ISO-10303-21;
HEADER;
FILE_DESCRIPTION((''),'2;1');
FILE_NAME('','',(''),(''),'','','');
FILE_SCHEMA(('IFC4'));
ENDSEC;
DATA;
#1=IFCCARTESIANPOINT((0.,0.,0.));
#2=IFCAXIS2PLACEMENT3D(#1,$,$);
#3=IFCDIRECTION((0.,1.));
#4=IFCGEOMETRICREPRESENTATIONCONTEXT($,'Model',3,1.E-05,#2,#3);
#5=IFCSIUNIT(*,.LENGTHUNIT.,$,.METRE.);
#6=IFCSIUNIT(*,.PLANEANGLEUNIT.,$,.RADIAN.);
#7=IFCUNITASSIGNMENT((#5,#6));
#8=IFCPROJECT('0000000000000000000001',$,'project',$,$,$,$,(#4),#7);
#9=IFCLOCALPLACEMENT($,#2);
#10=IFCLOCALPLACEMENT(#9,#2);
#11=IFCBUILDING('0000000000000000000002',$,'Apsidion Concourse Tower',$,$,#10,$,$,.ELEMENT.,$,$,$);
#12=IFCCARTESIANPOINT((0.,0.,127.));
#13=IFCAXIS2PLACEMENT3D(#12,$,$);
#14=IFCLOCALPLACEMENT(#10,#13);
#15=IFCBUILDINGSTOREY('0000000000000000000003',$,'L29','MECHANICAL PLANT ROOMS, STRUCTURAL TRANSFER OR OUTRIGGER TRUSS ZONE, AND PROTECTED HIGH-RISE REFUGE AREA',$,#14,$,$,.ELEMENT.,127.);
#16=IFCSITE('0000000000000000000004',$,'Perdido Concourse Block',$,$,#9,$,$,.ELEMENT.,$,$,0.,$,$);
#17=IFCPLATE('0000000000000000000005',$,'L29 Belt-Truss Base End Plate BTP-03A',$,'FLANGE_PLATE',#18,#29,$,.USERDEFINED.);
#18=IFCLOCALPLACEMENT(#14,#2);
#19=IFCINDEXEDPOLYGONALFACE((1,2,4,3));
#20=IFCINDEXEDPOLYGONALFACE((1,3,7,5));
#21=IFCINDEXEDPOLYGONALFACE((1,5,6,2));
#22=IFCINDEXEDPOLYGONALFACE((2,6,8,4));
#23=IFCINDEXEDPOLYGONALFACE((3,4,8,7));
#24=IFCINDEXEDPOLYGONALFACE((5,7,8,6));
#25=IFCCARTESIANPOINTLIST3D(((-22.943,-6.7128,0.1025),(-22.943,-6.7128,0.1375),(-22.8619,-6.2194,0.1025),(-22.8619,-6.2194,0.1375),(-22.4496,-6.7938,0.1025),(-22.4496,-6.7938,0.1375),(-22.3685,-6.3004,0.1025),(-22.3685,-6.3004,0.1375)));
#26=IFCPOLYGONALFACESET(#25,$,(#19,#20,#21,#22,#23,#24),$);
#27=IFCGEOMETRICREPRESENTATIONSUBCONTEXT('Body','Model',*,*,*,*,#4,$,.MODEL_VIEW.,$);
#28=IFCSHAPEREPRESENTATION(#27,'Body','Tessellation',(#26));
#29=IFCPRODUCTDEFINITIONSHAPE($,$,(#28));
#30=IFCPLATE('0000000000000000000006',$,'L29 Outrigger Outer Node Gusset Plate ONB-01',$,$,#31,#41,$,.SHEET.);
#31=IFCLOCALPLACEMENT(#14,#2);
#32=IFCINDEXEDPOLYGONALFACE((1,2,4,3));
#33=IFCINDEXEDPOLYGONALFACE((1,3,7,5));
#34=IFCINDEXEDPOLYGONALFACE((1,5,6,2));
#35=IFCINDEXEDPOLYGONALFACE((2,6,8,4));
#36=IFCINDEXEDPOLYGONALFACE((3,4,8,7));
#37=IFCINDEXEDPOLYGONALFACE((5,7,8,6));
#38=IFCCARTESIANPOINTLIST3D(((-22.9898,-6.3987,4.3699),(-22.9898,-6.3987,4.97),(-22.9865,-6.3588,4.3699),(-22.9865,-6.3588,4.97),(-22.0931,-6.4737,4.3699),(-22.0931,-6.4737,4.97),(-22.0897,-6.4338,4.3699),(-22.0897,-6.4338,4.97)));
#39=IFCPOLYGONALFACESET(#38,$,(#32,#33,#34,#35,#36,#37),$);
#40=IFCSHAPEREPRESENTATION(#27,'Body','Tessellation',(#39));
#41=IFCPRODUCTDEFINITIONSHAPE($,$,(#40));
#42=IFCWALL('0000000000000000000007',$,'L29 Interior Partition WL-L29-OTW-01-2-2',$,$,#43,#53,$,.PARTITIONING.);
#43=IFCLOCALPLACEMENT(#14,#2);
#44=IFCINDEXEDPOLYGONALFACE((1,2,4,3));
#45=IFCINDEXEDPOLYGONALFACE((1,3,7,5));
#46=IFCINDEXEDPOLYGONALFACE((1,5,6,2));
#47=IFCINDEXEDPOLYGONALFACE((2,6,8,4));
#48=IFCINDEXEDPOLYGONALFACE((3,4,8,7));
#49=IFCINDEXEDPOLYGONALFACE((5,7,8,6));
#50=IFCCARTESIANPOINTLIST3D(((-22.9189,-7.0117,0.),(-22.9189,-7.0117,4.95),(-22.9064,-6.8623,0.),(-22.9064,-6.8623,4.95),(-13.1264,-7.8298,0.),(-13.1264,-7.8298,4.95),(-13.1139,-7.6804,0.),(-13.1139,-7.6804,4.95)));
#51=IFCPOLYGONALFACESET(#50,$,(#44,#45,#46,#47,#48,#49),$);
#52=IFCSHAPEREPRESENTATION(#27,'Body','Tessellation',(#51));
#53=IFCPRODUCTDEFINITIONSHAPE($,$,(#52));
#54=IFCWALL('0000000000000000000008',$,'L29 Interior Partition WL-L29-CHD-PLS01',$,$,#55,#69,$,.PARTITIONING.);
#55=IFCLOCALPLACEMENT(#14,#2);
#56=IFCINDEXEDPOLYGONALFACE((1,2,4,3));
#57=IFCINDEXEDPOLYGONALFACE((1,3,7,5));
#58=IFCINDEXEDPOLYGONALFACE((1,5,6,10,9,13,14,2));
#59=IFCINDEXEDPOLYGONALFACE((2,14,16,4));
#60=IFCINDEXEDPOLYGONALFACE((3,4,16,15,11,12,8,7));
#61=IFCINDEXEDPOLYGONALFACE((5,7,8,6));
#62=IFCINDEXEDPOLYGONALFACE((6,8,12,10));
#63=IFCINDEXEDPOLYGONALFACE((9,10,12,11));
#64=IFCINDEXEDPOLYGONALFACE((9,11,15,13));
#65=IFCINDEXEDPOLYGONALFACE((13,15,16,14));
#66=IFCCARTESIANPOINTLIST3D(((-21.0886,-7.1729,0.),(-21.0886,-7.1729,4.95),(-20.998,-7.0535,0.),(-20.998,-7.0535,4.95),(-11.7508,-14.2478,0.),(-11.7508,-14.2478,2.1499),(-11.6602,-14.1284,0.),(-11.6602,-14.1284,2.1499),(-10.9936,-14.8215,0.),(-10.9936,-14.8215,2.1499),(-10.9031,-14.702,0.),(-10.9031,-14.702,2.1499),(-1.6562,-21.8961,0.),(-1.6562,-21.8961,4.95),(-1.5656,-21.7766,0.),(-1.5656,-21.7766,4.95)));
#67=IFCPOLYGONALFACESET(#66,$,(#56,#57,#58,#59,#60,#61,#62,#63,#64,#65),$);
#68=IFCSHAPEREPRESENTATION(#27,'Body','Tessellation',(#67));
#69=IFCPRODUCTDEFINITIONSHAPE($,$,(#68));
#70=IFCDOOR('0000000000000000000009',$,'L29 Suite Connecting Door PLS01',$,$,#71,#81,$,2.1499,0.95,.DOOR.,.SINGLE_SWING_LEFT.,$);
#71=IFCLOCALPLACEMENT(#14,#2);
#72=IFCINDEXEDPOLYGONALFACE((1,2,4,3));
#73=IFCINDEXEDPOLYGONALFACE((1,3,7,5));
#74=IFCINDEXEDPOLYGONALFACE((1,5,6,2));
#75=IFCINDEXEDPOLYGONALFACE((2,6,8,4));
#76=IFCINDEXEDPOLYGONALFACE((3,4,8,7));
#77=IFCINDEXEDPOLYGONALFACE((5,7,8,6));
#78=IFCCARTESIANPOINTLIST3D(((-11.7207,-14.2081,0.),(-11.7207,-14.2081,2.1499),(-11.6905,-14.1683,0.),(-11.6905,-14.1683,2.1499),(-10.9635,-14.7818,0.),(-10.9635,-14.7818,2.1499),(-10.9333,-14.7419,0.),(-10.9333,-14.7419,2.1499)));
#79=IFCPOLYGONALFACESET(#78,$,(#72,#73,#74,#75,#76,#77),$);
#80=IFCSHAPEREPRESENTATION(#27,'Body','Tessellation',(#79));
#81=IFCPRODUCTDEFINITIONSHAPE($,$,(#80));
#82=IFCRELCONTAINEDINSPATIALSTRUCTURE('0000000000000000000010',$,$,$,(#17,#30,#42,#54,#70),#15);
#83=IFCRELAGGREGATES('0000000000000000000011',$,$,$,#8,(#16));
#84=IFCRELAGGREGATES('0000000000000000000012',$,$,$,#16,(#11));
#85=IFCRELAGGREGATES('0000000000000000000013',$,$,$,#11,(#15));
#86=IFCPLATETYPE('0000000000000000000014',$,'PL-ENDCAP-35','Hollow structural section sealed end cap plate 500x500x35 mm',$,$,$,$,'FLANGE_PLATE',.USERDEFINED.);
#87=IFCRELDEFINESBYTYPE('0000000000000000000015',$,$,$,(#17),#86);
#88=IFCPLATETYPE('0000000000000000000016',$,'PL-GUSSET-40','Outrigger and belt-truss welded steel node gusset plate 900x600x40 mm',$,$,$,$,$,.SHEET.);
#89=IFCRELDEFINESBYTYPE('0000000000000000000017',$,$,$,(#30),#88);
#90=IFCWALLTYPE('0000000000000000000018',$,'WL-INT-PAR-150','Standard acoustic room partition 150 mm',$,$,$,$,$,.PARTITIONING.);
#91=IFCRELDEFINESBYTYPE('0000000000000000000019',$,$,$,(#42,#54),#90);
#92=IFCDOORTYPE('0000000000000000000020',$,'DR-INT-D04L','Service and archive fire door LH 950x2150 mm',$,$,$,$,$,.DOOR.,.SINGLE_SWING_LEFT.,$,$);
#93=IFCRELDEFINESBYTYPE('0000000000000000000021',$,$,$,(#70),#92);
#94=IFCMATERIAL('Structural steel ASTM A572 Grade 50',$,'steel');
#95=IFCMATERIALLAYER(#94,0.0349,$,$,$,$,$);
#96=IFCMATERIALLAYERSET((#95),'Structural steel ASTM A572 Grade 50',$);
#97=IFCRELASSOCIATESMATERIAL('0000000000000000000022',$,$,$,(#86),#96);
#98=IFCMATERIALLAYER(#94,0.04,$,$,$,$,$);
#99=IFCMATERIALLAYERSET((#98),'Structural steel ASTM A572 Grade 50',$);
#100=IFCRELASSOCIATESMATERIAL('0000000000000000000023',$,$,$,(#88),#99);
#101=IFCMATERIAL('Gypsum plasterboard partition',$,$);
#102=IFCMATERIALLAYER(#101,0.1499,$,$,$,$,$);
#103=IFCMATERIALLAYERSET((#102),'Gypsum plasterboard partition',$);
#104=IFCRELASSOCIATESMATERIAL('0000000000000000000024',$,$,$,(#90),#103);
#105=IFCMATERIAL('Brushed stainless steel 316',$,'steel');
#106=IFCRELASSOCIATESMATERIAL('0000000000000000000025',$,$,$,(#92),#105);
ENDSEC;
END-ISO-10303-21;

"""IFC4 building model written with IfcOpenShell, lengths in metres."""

from ifc_helpers import new_model, si_unit, direction, frame, frame_2d, origin, origin_2d, place, context, subcontext, project, spatial, rectangle, extrude, material, layer, layer_set, type_object, element, fill, save


model = new_model("IFC4")

# Units and contexts
model_context = context("Model", 3, precision=1e-05, world=origin(), true_north=direction((0.0, 1.0)))
body_context = subcontext(model_context, "Body", "Model", "MODEL_VIEW")
ifc_project = project(units=[si_unit("LENGTHUNIT", "METRE"), si_unit("PLANEANGLEUNIT", "RADIAN")], contexts=[model_context])

# Site, building, storey
site_placement = place(None, origin())
site = spatial("IfcSite", under=ifc_project, at=site_placement, Name="Perdido Concourse Block", CompositionType="ELEMENT", RefElevation=0.0)
building_placement = place(site_placement, origin())
building = spatial("IfcBuilding", under=site, at=building_placement, Name="Apsidion Concourse Tower", CompositionType="ELEMENT")
storey_placement = place(building_placement, frame((0.0, 0.0, 127.0)))
storey = spatial("IfcBuildingStorey", under=building, at=storey_placement, Name="L29", Description="MECHANICAL PLANT ROOMS, STRUCTURAL TRANSFER OR OUTRIGGER TRUSS ZONE, AND PROTECTED HIGH-RISE REFUGE AREA", CompositionType="ELEMENT", Elevation=127.0)

# Shared definitions
ifc_material_1 = material(Name="Structural steel ASTM A572 Grade 50", Category="steel")

# Plates
ifc_layer_1 = layer(ifc_material_1, 0.0349)
ifc_layer_set_1 = layer_set([ifc_layer_1], Name="Structural steel ASTM A572 Grade 50")
plate_type_1 = type_object("IfcPlateType", Name="PL-ENDCAP-35", Description="Hollow structural section sealed end cap plate 500x500x35 mm", ElementType="FLANGE_PLATE", PredefinedType="USERDEFINED", material=ifc_layer_set_1)
for number, where, z_axis, x_axis, name in (
    (1, (-22.6558, -6.5066, 0.1025), (0.0, 0.0, 1.0), (0.162121, 0.986771, 0.0), "L29 Belt-Truss Base End Plate BTP-03A"),
):
    element("IfcPlate", number, at=place(storey_placement, frame(where, z_axis=z_axis, x_axis=x_axis)), inside=storey, type_object=plate_type_1, Name=name, ObjectType="FLANGE_PLATE", PredefinedType="USERDEFINED", context=body_context, shape_type="SweptSolid", body=[
        extrude(rectangle(XDim=0.5, YDim=0.5, at=origin_2d()), origin(), (0.0, 0.0, 1.0), 0.0349),
    ])
ifc_layer_2 = layer(ifc_material_1, 0.04)
ifc_layer_set_2 = layer_set([ifc_layer_2], Name="Structural steel ASTM A572 Grade 50")
plate_type_2 = type_object("IfcPlateType", Name="PL-GUSSET-40", Description="Outrigger and belt-truss welded steel node gusset plate 900x600x40 mm", PredefinedType="SHEET", material=ifc_layer_set_2)
plate_placement = place(storey_placement, frame((-22.5398, -6.4163, 4.3699), z_axis=(0.0, 0.0, 1.0), x_axis=(-0.996522, 0.08333, 0.0)))
element("IfcPlate", 2, at=plate_placement, inside=storey, type_object=plate_type_2, Name="L29 Outrigger Outer Node Gusset Plate ONB-01", PredefinedType="SHEET", context=body_context, shape_type="SweptSolid", body=[
    extrude(rectangle(XDim=0.8999, YDim=0.04, at=origin_2d()), origin(), (0.0, 0.0, 1.0), 0.6001),
])

# Wall
ifc_material_2 = material(Name="Gypsum plasterboard partition")
ifc_layer_3 = layer(ifc_material_2, 0.1499)
ifc_layer_set_3 = layer_set([ifc_layer_3], Name="Gypsum plasterboard partition")
wall_type = type_object("IfcWallType", Name="WL-INT-PAR-150", Description="Standard acoustic room partition 150 mm", PredefinedType="PARTITIONING", material=ifc_layer_set_3)
wall_1_placement = place(storey_placement, frame((-13.1201, -7.7551, 0.0), z_axis=(0.0, 0.0, 1.0), x_axis=(-0.996528, 0.083255, 0.0)))
element("IfcWall", 3, at=wall_1_placement, inside=storey, type_object=wall_type, Name="L29 Interior Partition WL-L29-OTW-01-2-2", PredefinedType="PARTITIONING", context=body_context, shape_type="SweptSolid", body=[
    extrude(rectangle(XDim=9.8267, YDim=0.1499, at=frame_2d((4.9133, 0.0))), origin(), (0.0, 0.0, 1.0), 4.95),
])

# Wall, opening, door
wall_2_placement = place(storey_placement, frame((-21.0432, -7.1133, 0.0), z_axis=(0.0, 0.0, 1.0), x_axis=(0.79706, -0.603901, 0.0)))
wall_2 = element("IfcWall", 4, at=wall_2_placement, inside=storey, type_object=wall_type, Name="L29 Interior Partition WL-L29-CHD-PLS01", PredefinedType="PARTITIONING", context=body_context, shape_type="SweptSolid", body=[
    extrude(rectangle(XDim=24.3801, YDim=0.1499, at=frame_2d((12.1899, 0.0))), origin(), (0.0, 0.0, 1.0), 4.95),
])
opening_placement = place(wall_2_placement, frame((11.7151, 0.0, 0.0)))
opening = element("IfcOpeningElement", 5, at=opening_placement, cuts=wall_2, PredefinedType="OPENING", context=body_context, shape_type="SweptSolid", body=[
    extrude(rectangle(XDim=0.95, YDim=2.1499, at=frame_2d((0.4751, 1.075))), frame((0.0, 0.085, 0.0), z_axis=(0.0, -1.0, 0.0), x_axis=(1.0, 0.0, 0.0)), (0.0, 0.0, 1.0), 0.1699),
])
ifc_material_3 = material(Name="Brushed stainless steel 316", Category="steel")
door_type = type_object("IfcDoorType", Name="DR-INT-D04L", Description="Service and archive fire door LH 950x2150 mm", OperationType="SINGLE_SWING_LEFT", PredefinedType="DOOR", material=ifc_material_3)
door_placement = place(opening_placement, origin())
door = element("IfcDoor", 6, at=door_placement, inside=storey, type_object=door_type, Name="L29 Suite Connecting Door PLS01", OperationType="SINGLE_SWING_LEFT", OverallHeight=2.1499, OverallWidth=0.95, PredefinedType="DOOR", context=body_context, shape_type="SweptSolid", body=[
    extrude(rectangle(XDim=0.95, YDim=2.1499, at=frame_2d((0.4751, 1.075))), frame((0.0, 0.0249, 0.0), z_axis=(0.0, -1.0, 0.0), x_axis=(1.0, 0.0, 0.0)), (0.0, 0.0, 1.0), 0.05),
])
fill(opening, door)

save(model, "model.ifc")
